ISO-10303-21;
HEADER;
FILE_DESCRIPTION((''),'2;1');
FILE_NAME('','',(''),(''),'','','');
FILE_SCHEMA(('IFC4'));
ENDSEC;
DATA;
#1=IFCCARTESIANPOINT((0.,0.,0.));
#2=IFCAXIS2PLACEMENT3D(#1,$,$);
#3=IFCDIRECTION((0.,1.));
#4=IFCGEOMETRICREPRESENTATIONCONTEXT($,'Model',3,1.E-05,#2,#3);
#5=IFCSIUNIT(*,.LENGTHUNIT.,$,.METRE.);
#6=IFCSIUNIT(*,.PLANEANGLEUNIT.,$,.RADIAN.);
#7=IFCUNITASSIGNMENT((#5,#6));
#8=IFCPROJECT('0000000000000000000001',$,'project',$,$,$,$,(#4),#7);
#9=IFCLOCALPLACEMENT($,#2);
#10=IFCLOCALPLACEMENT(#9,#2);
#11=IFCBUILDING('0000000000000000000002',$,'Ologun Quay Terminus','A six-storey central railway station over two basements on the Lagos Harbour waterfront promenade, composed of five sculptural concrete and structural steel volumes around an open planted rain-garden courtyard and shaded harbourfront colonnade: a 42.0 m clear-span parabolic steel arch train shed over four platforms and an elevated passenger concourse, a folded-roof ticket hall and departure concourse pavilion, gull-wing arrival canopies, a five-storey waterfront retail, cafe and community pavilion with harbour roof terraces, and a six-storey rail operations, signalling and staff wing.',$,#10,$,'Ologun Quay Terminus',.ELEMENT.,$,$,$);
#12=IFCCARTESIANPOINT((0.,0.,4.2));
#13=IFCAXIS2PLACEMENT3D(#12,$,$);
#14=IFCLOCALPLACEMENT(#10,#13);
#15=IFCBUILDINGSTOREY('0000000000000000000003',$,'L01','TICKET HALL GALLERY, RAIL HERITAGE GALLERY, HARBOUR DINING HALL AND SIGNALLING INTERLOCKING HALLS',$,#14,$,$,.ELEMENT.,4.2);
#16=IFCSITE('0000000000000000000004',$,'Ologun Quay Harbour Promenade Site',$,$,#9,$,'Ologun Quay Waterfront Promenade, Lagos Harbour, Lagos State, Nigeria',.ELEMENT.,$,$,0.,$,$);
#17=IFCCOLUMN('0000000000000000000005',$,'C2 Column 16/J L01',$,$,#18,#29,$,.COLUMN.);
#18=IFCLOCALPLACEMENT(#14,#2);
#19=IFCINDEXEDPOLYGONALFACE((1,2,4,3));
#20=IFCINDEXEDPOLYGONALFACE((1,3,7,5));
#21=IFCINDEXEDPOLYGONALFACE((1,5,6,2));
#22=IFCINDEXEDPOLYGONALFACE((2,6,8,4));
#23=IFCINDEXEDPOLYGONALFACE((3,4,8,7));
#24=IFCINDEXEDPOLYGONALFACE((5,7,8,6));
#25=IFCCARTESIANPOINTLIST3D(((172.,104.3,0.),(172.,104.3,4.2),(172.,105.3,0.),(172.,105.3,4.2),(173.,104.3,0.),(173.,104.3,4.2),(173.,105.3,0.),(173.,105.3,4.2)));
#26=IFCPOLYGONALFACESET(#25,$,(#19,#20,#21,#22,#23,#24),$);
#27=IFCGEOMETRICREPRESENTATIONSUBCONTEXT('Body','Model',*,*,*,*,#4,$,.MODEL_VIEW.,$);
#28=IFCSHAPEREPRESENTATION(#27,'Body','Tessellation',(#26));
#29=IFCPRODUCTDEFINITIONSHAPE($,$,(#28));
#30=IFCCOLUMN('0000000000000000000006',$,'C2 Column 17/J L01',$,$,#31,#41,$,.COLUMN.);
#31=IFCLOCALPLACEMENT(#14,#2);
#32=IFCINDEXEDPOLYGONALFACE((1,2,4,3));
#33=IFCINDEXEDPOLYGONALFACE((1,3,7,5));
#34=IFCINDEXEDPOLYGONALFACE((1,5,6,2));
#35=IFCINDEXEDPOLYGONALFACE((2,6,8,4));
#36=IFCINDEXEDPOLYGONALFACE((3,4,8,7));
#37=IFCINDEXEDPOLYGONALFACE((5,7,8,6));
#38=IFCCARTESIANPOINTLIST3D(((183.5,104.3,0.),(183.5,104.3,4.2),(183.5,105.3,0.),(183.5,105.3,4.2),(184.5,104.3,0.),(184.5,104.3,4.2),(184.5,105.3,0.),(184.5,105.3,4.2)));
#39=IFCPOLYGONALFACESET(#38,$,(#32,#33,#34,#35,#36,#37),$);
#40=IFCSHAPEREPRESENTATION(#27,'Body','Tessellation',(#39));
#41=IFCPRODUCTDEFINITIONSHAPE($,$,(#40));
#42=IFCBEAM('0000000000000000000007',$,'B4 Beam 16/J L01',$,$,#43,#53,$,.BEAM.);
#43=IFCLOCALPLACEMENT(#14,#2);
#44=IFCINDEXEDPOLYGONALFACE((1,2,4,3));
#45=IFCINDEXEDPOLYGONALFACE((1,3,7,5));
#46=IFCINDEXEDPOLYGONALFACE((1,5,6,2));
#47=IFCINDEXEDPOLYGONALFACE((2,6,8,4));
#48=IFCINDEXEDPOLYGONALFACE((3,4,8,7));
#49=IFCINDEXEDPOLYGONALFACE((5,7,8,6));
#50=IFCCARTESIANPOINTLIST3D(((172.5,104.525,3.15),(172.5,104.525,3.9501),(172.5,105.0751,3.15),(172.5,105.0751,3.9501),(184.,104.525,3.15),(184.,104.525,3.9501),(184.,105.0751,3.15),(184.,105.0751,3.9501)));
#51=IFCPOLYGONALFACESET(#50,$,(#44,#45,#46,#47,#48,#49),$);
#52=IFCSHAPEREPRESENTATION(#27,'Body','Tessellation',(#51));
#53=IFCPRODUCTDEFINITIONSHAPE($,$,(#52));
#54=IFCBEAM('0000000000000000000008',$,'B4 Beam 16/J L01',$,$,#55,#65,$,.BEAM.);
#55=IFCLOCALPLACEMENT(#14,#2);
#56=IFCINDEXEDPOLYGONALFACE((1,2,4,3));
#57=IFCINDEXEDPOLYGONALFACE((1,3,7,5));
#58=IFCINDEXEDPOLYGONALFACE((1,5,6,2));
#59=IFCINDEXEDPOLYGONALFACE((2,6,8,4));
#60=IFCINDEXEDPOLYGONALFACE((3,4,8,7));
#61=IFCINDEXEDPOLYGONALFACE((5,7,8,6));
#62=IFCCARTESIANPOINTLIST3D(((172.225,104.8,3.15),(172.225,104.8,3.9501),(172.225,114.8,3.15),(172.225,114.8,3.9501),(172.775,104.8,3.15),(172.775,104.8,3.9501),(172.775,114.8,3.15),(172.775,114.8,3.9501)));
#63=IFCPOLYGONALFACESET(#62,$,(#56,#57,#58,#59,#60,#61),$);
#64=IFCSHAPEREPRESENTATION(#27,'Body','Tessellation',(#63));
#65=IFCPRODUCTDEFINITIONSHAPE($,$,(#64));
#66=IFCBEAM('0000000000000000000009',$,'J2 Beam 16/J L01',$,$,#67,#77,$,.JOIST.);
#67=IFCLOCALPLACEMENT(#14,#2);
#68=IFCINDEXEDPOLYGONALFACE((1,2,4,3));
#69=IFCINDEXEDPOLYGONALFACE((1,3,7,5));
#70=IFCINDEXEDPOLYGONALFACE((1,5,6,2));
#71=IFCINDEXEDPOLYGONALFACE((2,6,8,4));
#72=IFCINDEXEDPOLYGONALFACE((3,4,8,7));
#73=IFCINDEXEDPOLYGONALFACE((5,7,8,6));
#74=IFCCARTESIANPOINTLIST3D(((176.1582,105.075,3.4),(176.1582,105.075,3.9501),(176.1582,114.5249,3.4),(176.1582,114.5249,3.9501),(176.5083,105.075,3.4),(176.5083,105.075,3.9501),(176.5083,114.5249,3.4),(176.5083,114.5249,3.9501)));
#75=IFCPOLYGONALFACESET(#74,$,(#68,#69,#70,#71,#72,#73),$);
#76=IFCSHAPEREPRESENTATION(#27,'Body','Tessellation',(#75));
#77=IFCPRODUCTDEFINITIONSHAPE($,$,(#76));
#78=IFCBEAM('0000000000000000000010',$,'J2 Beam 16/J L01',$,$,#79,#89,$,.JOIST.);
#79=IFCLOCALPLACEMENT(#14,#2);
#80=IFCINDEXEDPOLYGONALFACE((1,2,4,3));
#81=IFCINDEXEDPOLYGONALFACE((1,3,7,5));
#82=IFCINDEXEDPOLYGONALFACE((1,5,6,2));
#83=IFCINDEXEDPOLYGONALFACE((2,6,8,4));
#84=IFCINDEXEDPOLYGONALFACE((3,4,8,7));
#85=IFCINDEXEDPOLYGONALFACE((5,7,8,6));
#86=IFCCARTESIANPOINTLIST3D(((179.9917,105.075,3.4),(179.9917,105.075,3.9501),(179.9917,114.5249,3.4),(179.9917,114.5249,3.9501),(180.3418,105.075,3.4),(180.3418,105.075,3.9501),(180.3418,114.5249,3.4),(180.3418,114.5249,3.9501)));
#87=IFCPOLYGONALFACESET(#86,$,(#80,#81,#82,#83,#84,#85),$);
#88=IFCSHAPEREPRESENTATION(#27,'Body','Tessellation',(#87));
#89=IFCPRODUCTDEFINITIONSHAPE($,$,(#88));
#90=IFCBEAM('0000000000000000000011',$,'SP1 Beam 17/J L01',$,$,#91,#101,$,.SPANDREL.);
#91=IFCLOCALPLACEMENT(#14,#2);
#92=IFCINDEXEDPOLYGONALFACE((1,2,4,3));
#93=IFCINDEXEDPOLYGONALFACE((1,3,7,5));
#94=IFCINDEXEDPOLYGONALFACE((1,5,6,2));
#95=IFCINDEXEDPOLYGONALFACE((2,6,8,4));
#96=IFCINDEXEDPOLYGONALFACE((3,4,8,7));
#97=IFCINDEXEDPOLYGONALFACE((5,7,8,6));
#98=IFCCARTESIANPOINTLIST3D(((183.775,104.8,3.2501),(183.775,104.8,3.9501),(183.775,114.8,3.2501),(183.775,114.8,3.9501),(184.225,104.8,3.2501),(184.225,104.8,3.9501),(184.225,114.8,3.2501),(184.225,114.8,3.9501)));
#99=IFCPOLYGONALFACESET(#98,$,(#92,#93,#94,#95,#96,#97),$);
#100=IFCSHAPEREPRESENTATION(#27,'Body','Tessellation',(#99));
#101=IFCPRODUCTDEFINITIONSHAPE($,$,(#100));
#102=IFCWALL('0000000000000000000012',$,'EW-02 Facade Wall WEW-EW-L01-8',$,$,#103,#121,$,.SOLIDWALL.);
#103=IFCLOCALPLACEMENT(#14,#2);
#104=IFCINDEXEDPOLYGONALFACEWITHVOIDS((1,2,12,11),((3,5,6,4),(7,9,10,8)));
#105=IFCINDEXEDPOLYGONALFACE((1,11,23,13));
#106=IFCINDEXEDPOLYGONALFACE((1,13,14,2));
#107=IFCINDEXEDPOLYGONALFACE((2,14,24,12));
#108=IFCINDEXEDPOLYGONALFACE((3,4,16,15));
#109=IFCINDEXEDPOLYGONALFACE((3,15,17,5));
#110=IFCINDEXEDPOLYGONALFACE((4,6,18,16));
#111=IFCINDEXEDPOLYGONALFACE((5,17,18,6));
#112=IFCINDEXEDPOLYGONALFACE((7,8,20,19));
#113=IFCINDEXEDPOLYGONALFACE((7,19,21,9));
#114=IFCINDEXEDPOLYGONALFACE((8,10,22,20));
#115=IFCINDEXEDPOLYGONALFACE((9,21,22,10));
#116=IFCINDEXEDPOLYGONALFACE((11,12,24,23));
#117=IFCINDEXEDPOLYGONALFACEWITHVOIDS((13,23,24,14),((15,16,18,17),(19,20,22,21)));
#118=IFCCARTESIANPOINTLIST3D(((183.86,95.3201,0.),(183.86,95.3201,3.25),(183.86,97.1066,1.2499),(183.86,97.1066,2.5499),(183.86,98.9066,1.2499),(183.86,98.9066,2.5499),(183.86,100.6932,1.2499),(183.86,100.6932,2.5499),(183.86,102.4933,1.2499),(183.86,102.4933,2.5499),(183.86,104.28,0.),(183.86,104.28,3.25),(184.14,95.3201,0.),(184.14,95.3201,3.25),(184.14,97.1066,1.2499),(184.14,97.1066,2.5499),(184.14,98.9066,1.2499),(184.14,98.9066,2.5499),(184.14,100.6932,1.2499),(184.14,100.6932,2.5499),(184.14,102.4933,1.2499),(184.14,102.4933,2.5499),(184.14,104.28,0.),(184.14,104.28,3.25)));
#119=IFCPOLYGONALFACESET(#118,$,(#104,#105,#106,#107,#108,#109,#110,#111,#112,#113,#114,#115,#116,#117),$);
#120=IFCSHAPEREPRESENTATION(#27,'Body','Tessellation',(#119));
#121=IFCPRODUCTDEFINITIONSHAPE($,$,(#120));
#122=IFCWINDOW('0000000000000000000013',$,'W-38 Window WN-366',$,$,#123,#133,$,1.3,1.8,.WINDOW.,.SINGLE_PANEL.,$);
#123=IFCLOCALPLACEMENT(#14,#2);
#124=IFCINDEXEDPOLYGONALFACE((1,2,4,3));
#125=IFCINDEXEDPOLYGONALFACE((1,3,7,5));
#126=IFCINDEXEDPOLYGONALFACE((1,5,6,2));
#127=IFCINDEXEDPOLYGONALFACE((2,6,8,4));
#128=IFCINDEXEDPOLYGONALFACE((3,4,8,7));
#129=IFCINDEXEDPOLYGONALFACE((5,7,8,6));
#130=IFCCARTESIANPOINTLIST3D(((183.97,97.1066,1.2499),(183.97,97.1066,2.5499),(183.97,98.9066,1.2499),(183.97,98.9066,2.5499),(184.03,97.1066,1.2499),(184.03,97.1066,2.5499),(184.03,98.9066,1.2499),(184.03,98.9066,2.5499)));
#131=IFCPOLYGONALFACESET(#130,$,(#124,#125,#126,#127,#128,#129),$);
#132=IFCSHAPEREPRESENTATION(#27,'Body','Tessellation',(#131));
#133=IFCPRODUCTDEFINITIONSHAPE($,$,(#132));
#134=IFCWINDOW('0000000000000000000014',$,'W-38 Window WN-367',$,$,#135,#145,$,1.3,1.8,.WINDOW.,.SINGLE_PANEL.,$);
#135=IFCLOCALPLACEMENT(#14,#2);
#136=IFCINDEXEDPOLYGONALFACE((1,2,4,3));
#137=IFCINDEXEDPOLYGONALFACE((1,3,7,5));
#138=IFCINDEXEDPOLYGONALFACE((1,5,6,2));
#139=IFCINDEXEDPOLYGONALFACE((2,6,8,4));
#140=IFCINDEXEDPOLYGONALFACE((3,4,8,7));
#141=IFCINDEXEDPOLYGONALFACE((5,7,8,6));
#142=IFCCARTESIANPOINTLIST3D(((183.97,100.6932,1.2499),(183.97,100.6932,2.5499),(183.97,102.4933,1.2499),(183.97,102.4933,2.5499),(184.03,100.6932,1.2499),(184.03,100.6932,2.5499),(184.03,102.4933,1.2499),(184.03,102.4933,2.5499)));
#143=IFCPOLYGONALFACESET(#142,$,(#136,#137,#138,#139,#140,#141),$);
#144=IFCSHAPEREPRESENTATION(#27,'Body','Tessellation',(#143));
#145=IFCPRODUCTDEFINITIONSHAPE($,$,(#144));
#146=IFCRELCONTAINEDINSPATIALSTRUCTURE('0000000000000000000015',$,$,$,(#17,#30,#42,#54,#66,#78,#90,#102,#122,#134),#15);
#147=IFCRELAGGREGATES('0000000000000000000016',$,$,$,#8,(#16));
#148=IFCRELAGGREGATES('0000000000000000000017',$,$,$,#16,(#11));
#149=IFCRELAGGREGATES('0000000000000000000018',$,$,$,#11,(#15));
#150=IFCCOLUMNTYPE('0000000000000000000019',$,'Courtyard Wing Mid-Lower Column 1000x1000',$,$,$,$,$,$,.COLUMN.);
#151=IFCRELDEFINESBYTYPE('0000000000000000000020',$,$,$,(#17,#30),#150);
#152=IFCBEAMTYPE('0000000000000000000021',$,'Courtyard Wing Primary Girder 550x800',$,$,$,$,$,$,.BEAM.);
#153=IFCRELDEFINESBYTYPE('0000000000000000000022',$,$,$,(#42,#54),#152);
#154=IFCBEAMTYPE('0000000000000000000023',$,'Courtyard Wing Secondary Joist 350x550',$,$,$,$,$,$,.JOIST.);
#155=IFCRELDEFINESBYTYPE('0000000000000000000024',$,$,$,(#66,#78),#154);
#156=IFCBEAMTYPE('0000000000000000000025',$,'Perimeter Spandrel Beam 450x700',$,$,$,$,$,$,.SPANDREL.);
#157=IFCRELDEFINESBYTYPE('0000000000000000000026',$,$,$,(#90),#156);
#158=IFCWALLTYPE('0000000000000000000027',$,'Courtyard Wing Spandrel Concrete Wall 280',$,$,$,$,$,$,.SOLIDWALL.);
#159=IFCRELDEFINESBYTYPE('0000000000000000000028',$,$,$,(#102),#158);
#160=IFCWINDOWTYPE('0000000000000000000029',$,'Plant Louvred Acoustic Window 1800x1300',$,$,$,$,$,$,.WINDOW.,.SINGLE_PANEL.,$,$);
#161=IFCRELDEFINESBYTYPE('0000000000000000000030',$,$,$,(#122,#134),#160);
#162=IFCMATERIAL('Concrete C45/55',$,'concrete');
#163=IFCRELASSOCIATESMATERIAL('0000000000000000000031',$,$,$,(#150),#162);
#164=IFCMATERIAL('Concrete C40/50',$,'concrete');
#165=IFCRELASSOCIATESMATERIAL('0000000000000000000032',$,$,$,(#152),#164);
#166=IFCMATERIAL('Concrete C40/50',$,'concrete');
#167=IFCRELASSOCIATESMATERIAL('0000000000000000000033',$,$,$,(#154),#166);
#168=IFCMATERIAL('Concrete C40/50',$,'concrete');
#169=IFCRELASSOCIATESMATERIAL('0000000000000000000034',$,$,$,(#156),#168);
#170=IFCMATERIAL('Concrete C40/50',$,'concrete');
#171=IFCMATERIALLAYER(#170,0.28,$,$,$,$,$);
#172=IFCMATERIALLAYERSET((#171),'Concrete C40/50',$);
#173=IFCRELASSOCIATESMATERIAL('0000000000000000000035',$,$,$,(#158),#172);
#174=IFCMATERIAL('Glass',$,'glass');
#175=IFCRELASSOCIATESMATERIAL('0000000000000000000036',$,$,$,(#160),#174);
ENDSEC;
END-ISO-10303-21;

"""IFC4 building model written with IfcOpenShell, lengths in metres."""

from ifc_helpers import new_model, si_unit, direction, frame, frame_2d, origin, origin_2d, place, context, subcontext, project, spatial, rectangle, extrude, material, layer, layer_set, material_profile, profile_set, type_object, element, fill, save


model = new_model("IFC4")

# Units and contexts
model_context = context("Model", 3, precision=1e-05, world=origin(), true_north=direction((0.0, 1.0)))
body_context = subcontext(model_context, "Body", "Model", "MODEL_VIEW")
ifc_project = project(units=[si_unit("LENGTHUNIT", "METRE"), si_unit("PLANEANGLEUNIT", "RADIAN")], contexts=[model_context])

# Site, building, storey
site_placement = place(None, origin())
site = spatial("IfcSite", under=ifc_project, at=site_placement, Name="Ologun Quay Harbour Promenade Site", LongName="Ologun Quay Waterfront Promenade, Lagos Harbour, Lagos State, Nigeria", CompositionType="ELEMENT", RefElevation=0.0)
building_placement = place(site_placement, origin())
building = spatial("IfcBuilding", under=site, at=building_placement, Name="Ologun Quay Terminus", Description="A six-storey central railway station over two basements on the Lagos Harbour waterfront promenade, composed of five sculptural concrete and structural steel volumes around an open planted rain-garden courtyard and shaded harbourfront colonnade: a 42.0 m clear-span parabolic steel arch train shed over four platforms and an elevated passenger concourse, a folded-roof ticket hall and departure concourse pavilion, gull-wing arrival canopies, a five-storey waterfront retail, cafe and community pavilion with harbour roof terraces, and a six-storey rail operations, signalling and staff wing.", LongName="Ologun Quay Terminus", CompositionType="ELEMENT")
storey_placement = place(building_placement, frame((0.0, 0.0, 4.2)))
storey = spatial("IfcBuildingStorey", under=building, at=storey_placement, Name="L01", Description="TICKET HALL GALLERY, RAIL HERITAGE GALLERY, HARBOUR DINING HALL AND SIGNALLING INTERLOCKING HALLS", CompositionType="ELEMENT", Elevation=4.2)

# Columns
ifc_material_1 = material(Name="Concrete C45/55", Category="concrete")
ifc_material_profile_1 = material_profile(ifc_material_1, rectangle(XDim=1.0, YDim=1.0, at=origin_2d()), Name="RC 1000x1000")
ifc_profile_set_1 = profile_set([ifc_material_profile_1], Name="Concrete C45/55")
column_type = type_object("IfcColumnType", Name="Courtyard Wing Mid-Lower Column 1000x1000", PredefinedType="COLUMN", material=ifc_profile_set_1)
for number, where, z_axis, x_axis, name in (
    (1, (172.5, 104.8, 0.0), (0.0, 0.0, 1.0), (1.0, 0.0, 0.0), "C2 Column 16/J L01"),
    (2, (184.0, 104.8, 0.0), (0.0, 0.0, 1.0), (1.0, 0.0, 0.0), "C2 Column 17/J L01"),
):
    element("IfcColumn", number, at=place(storey_placement, frame(where, z_axis=z_axis, x_axis=x_axis)), inside=storey, type_object=column_type, Name=name, PredefinedType="COLUMN", context=body_context, shape_type="SweptSolid", body=[
        extrude(rectangle(XDim=1.0, YDim=1.0, at=origin_2d()), origin(), (0.0, 0.0, 1.0), 4.2),
    ])

# Beams
ifc_material_2 = material(Name="Concrete C40/50", Category="concrete")
ifc_material_profile_2 = material_profile(ifc_material_2, rectangle(XDim=0.55, YDim=0.8, at=origin_2d()), Name="RC 550x800")
ifc_profile_set_2 = profile_set([ifc_material_profile_2], Name="Concrete C40/50")
beam_type_1 = type_object("IfcBeamType", Name="Courtyard Wing Primary Girder 550x800", PredefinedType="BEAM", material=ifc_profile_set_2)
beam_1_placement = place(storey_placement, frame((172.5, 104.8, 3.55), z_axis=(1.0, 0.0, 0.0), x_axis=(0.0, 1.0, 0.0)))
element("IfcBeam", 3, at=beam_1_placement, inside=storey, type_object=beam_type_1, Name="B4 Beam 16/J L01", PredefinedType="BEAM", context=body_context, shape_type="SweptSolid", body=[
    extrude(rectangle(XDim=0.55, YDim=0.8, at=origin_2d()), origin(), (0.0, 0.0, 1.0), 11.5),
])
beam_2_placement = place(storey_placement, frame((172.5, 104.8, 3.55), z_axis=(0.0, 1.0, 0.0), x_axis=(-1.0, 0.0, 0.0)))
element("IfcBeam", 4, at=beam_2_placement, inside=storey, type_object=beam_type_1, Name="B4 Beam 16/J L01", PredefinedType="BEAM", context=body_context, shape_type="SweptSolid", body=[
    extrude(rectangle(XDim=0.55, YDim=0.8, at=origin_2d()), origin(), (0.0, 0.0, 1.0), 10.0),
])
ifc_material_3 = material(Name="Concrete C40/50", Category="concrete")
ifc_material_profile_3 = material_profile(ifc_material_3, rectangle(XDim=0.3501, YDim=0.55, at=origin_2d()), Name="RC 350x550")
ifc_profile_set_3 = profile_set([ifc_material_profile_3], Name="Concrete C40/50")
beam_type_2 = type_object("IfcBeamType", Name="Courtyard Wing Secondary Joist 350x550", PredefinedType="JOIST", material=ifc_profile_set_3)
for number, where, z_axis, x_axis, name in (
    (5, (176.3333, 105.075, 3.675), (0.0, 1.0, 0.0), (-1.0, 0.0, 0.0), "J2 Beam 16/J L01"),
    (6, (180.1667, 105.075, 3.675), (0.0, 1.0, 0.0), (-1.0, 0.0, 0.0), "J2 Beam 16/J L01"),
):
    element("IfcBeam", number, at=place(storey_placement, frame(where, z_axis=z_axis, x_axis=x_axis)), inside=storey, type_object=beam_type_2, Name=name, PredefinedType="JOIST", context=body_context, shape_type="SweptSolid", body=[
        extrude(rectangle(XDim=0.3501, YDim=0.55, at=origin_2d()), origin(), (0.0, 0.0, 1.0), 9.45),
    ])
ifc_material_4 = material(Name="Concrete C40/50", Category="concrete")
ifc_material_profile_4 = material_profile(ifc_material_4, rectangle(XDim=0.45, YDim=0.7, at=origin_2d()), Name="RC 450x700")
ifc_profile_set_4 = profile_set([ifc_material_profile_4], Name="Concrete C40/50")
beam_type_3 = type_object("IfcBeamType", Name="Perimeter Spandrel Beam 450x700", PredefinedType="SPANDREL", material=ifc_profile_set_4)
beam_3_placement = place(storey_placement, frame((184.0, 104.8, 3.6001), z_axis=(0.0, 1.0, 0.0), x_axis=(-1.0, 0.0, 0.0)))
element("IfcBeam", 7, at=beam_3_placement, inside=storey, type_object=beam_type_3, Name="SP1 Beam 17/J L01", PredefinedType="SPANDREL", context=body_context, shape_type="SweptSolid", body=[
    extrude(rectangle(XDim=0.45, YDim=0.7, at=origin_2d()), origin(), (0.0, 0.0, 1.0), 10.0),
])

# Wall, openings, windows
ifc_material_5 = material(Name="Concrete C40/50", Category="concrete")
ifc_layer_1 = layer(ifc_material_5, 0.28)
ifc_layer_set_1 = layer_set([ifc_layer_1], Name="Concrete C40/50")
wall_type = type_object("IfcWallType", Name="Courtyard Wing Spandrel Concrete Wall 280", PredefinedType="SOLIDWALL", material=ifc_layer_set_1)
wall_1_placement = place(storey_placement, frame((184.0, 95.3201, 0.0), z_axis=(0.0, 0.0, 1.0), x_axis=(0.0, 1.0, 0.0)))
wall_1 = element("IfcWall", 8, at=wall_1_placement, inside=storey, type_object=wall_type, Name="EW-02 Facade Wall WEW-EW-L01-8", PredefinedType="SOLIDWALL", context=body_context, shape_type="SweptSolid", body=[
    extrude(rectangle(XDim=8.96, YDim=0.28, at=frame_2d((4.48, 0.0))), origin(), (0.0, 0.0, 1.0), 3.25),
])
opening_1_placement = place(wall_1_placement, frame((1.7866, 0.0, 1.25)))
opening_1 = element("IfcOpeningElement", 9, at=opening_1_placement, cuts=wall_1, PredefinedType="OPENING", context=body_context, shape_type="SweptSolid", body=[
    extrude(rectangle(XDim=1.8, YDim=1.3, at=frame_2d((0.8999, 0.6499))), frame((0.0, 0.1499, 0.0), z_axis=(0.0, -1.0, 0.0), x_axis=(1.0, 0.0, 0.0)), (0.0, 0.0, 1.0), 0.3),
])
opening_2_placement = place(wall_1_placement, frame((5.3733, 0.0, 1.25)))
opening_2 = element("IfcOpeningElement", 10, at=opening_2_placement, cuts=wall_1, PredefinedType="OPENING", context=body_context, shape_type="SweptSolid", body=[
    extrude(rectangle(XDim=1.8, YDim=1.3, at=frame_2d((0.8999, 0.6499))), frame((0.0, 0.1499, 0.0), z_axis=(0.0, -1.0, 0.0), x_axis=(1.0, 0.0, 0.0)), (0.0, 0.0, 1.0), 0.3),
])
ifc_material_6 = material(Name="Glass", Category="glass")
window_type_1 = type_object("IfcWindowType", Name="Plant Louvred Acoustic Window 1800x1300", PartitioningType="SINGLE_PANEL", PredefinedType="WINDOW", material=ifc_material_6)
window_1_placement = place(opening_1_placement, origin())
window_1 = element("IfcWindow", 11, at=window_1_placement, inside=storey, type_object=window_type_1, Name="W-38 Window WN-366", OverallHeight=1.3, OverallWidth=1.8, PartitioningType="SINGLE_PANEL", PredefinedType="WINDOW", context=body_context, shape_type="SweptSolid", body=[
    extrude(rectangle(XDim=1.8, YDim=1.3, at=frame_2d((0.8999, 0.6499))), frame((0.0, 0.03, 0.0), z_axis=(0.0, -1.0, 0.0), x_axis=(1.0, 0.0, 0.0)), (0.0, 0.0, 1.0), 0.0601),
])
fill(opening_1, window_1)
window_2_placement = place(opening_2_placement, origin())
window_2 = element("IfcWindow", 12, at=window_2_placement, inside=storey, type_object=window_type_1, Name="W-38 Window WN-367", OverallHeight=1.3, OverallWidth=1.8, PartitioningType="SINGLE_PANEL", PredefinedType="WINDOW", context=body_context, shape_type="SweptSolid", body=[
    extrude(rectangle(XDim=1.8, YDim=1.3, at=frame_2d((0.8999, 0.6499))), frame((0.0, 0.03, 0.0), z_axis=(0.0, -1.0, 0.0), x_axis=(1.0, 0.0, 0.0)), (0.0, 0.0, 1.0), 0.0601),
])
fill(opening_2, window_2)

save(model, "model.ifc")
